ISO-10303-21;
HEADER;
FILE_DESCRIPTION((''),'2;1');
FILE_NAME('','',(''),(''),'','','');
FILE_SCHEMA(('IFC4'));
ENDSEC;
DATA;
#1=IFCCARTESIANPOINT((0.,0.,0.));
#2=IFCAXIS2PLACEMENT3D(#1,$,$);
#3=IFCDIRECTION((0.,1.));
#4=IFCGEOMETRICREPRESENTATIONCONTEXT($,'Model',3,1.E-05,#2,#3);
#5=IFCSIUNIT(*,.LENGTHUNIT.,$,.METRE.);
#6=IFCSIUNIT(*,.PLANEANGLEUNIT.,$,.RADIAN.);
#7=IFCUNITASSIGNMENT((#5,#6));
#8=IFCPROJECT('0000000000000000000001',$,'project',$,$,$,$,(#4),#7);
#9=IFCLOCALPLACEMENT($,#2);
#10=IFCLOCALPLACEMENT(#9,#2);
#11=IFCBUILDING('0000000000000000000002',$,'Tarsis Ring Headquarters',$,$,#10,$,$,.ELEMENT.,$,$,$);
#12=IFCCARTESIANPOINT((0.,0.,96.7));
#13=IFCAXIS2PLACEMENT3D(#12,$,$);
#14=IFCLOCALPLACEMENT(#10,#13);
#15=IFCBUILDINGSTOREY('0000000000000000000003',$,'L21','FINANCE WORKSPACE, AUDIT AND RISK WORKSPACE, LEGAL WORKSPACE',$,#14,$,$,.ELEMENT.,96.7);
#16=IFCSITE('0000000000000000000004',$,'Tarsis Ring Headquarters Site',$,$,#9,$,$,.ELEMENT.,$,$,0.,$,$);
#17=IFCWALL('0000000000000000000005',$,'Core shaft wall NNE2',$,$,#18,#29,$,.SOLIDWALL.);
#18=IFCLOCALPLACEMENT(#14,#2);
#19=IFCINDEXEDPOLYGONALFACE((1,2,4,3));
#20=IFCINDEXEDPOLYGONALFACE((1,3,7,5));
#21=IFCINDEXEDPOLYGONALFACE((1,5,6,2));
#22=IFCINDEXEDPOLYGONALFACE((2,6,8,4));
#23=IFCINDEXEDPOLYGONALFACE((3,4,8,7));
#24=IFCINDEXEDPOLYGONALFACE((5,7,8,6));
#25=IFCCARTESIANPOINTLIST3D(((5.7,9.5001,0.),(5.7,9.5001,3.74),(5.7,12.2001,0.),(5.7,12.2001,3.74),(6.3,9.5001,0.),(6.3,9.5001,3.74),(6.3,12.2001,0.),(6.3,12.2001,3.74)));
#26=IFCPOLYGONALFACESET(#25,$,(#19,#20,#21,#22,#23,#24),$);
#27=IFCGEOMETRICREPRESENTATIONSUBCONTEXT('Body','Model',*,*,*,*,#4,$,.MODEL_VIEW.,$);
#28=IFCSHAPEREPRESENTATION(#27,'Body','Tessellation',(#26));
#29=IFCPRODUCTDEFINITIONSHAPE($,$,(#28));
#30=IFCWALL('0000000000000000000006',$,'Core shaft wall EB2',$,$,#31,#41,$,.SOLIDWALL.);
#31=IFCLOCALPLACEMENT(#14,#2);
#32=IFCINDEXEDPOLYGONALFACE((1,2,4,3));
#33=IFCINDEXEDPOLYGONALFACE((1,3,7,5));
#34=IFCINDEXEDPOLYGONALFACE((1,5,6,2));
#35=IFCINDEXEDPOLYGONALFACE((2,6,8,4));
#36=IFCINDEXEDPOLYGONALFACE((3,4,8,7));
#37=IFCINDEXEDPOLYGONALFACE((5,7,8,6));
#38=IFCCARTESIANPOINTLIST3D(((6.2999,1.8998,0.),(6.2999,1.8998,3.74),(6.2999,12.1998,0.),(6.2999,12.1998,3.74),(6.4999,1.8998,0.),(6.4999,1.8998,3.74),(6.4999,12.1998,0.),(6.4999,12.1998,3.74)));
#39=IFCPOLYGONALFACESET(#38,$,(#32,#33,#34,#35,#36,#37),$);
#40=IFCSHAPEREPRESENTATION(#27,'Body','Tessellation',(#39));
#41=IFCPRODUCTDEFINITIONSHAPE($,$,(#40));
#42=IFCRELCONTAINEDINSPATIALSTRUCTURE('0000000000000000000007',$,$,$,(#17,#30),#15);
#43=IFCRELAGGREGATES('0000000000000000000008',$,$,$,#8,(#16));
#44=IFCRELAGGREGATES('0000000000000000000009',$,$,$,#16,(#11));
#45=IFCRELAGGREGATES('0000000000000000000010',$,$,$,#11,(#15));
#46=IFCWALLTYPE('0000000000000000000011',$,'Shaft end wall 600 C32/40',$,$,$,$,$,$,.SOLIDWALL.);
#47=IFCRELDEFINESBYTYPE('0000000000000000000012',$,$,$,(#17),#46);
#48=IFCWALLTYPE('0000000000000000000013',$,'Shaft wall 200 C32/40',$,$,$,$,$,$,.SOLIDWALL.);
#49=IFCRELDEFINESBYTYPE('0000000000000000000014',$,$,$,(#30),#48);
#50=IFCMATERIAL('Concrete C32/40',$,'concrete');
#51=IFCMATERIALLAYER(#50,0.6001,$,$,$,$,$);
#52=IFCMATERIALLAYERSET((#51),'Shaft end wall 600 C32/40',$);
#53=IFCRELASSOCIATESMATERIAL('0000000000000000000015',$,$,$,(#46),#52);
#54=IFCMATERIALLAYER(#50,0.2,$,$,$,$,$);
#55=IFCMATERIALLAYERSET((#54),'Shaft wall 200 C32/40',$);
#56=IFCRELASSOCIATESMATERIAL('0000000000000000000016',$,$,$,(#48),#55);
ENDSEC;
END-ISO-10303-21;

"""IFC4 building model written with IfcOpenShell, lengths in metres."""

from ifc_helpers import new_model, si_unit, direction, frame, frame_2d, origin, place, context, subcontext, project, spatial, rectangle, extrude, material, layer, layer_set, type_object, element, save


model = new_model("IFC4")

# Units and contexts
model_context = context("Model", 3, precision=1e-05, world=origin(), true_north=direction((0.0, 1.0)))
body_context = subcontext(model_context, "Body", "Model", "MODEL_VIEW")
ifc_project = project(units=[si_unit("LENGTHUNIT", "METRE"), si_unit("PLANEANGLEUNIT", "RADIAN")], contexts=[model_context])

# Site, building, storey
site_placement = place(None, origin())
site = spatial("IfcSite", under=ifc_project, at=site_placement, Name="Tarsis Ring Headquarters Site", CompositionType="ELEMENT", RefElevation=0.0)
building_placement = place(site_placement, origin())
building = spatial("IfcBuilding", under=site, at=building_placement, Name="Tarsis Ring Headquarters", CompositionType="ELEMENT")
storey_placement = place(building_placement, frame((0.0, 0.0, 96.7)))
storey = spatial("IfcBuildingStorey", under=building, at=storey_placement, Name="L21", Description="FINANCE WORKSPACE, AUDIT AND RISK WORKSPACE, LEGAL WORKSPACE", CompositionType="ELEMENT", Elevation=96.7)

# Walls
ifc_material_1 = material(Name="Concrete C32/40", Category="concrete")
ifc_layer_1 = layer(ifc_material_1, 0.6001)
ifc_layer_set_1 = layer_set([ifc_layer_1], Name="Shaft end wall 600 C32/40")
wall_type_1 = type_object("IfcWallType", Name="Shaft end wall 600 C32/40", PredefinedType="SOLIDWALL", material=ifc_layer_set_1)
wall_1_placement = place(storey_placement, frame((6.0, 9.5, 0.0), z_axis=(0.0, 0.0, 1.0), x_axis=(0.0, 1.0, 0.0)))
element("IfcWall", 1, at=wall_1_placement, inside=storey, type_object=wall_type_1, Name="Core shaft wall NNE2", PredefinedType="SOLIDWALL", context=body_context, shape_type="SweptSolid", body=[
    extrude(rectangle(XDim=2.7, YDim=0.6001, at=frame_2d((1.3501, 0.0))), origin(), (0.0, 0.0, 1.0), 3.74),
])
ifc_layer_2 = layer(ifc_material_1, 0.2)
ifc_layer_set_2 = layer_set([ifc_layer_2], Name="Shaft wall 200 C32/40")
wall_type_2 = type_object("IfcWallType", Name="Shaft wall 200 C32/40", PredefinedType="SOLIDWALL", material=ifc_layer_set_2)
wall_2_placement = place(storey_placement, frame((6.3999, 1.8999, 0.0), z_axis=(0.0, 0.0, 1.0), x_axis=(0.0, 1.0, 0.0)))
element("IfcWall", 2, at=wall_2_placement, inside=storey, type_object=wall_type_2, Name="Core shaft wall EB2", PredefinedType="SOLIDWALL", context=body_context, shape_type="SweptSolid", body=[
    extrude(rectangle(XDim=10.3, YDim=0.2, at=frame_2d((5.1499, 0.0))), origin(), (0.0, 0.0, 1.0), 3.74),
])

save(model, "model.ifc")
